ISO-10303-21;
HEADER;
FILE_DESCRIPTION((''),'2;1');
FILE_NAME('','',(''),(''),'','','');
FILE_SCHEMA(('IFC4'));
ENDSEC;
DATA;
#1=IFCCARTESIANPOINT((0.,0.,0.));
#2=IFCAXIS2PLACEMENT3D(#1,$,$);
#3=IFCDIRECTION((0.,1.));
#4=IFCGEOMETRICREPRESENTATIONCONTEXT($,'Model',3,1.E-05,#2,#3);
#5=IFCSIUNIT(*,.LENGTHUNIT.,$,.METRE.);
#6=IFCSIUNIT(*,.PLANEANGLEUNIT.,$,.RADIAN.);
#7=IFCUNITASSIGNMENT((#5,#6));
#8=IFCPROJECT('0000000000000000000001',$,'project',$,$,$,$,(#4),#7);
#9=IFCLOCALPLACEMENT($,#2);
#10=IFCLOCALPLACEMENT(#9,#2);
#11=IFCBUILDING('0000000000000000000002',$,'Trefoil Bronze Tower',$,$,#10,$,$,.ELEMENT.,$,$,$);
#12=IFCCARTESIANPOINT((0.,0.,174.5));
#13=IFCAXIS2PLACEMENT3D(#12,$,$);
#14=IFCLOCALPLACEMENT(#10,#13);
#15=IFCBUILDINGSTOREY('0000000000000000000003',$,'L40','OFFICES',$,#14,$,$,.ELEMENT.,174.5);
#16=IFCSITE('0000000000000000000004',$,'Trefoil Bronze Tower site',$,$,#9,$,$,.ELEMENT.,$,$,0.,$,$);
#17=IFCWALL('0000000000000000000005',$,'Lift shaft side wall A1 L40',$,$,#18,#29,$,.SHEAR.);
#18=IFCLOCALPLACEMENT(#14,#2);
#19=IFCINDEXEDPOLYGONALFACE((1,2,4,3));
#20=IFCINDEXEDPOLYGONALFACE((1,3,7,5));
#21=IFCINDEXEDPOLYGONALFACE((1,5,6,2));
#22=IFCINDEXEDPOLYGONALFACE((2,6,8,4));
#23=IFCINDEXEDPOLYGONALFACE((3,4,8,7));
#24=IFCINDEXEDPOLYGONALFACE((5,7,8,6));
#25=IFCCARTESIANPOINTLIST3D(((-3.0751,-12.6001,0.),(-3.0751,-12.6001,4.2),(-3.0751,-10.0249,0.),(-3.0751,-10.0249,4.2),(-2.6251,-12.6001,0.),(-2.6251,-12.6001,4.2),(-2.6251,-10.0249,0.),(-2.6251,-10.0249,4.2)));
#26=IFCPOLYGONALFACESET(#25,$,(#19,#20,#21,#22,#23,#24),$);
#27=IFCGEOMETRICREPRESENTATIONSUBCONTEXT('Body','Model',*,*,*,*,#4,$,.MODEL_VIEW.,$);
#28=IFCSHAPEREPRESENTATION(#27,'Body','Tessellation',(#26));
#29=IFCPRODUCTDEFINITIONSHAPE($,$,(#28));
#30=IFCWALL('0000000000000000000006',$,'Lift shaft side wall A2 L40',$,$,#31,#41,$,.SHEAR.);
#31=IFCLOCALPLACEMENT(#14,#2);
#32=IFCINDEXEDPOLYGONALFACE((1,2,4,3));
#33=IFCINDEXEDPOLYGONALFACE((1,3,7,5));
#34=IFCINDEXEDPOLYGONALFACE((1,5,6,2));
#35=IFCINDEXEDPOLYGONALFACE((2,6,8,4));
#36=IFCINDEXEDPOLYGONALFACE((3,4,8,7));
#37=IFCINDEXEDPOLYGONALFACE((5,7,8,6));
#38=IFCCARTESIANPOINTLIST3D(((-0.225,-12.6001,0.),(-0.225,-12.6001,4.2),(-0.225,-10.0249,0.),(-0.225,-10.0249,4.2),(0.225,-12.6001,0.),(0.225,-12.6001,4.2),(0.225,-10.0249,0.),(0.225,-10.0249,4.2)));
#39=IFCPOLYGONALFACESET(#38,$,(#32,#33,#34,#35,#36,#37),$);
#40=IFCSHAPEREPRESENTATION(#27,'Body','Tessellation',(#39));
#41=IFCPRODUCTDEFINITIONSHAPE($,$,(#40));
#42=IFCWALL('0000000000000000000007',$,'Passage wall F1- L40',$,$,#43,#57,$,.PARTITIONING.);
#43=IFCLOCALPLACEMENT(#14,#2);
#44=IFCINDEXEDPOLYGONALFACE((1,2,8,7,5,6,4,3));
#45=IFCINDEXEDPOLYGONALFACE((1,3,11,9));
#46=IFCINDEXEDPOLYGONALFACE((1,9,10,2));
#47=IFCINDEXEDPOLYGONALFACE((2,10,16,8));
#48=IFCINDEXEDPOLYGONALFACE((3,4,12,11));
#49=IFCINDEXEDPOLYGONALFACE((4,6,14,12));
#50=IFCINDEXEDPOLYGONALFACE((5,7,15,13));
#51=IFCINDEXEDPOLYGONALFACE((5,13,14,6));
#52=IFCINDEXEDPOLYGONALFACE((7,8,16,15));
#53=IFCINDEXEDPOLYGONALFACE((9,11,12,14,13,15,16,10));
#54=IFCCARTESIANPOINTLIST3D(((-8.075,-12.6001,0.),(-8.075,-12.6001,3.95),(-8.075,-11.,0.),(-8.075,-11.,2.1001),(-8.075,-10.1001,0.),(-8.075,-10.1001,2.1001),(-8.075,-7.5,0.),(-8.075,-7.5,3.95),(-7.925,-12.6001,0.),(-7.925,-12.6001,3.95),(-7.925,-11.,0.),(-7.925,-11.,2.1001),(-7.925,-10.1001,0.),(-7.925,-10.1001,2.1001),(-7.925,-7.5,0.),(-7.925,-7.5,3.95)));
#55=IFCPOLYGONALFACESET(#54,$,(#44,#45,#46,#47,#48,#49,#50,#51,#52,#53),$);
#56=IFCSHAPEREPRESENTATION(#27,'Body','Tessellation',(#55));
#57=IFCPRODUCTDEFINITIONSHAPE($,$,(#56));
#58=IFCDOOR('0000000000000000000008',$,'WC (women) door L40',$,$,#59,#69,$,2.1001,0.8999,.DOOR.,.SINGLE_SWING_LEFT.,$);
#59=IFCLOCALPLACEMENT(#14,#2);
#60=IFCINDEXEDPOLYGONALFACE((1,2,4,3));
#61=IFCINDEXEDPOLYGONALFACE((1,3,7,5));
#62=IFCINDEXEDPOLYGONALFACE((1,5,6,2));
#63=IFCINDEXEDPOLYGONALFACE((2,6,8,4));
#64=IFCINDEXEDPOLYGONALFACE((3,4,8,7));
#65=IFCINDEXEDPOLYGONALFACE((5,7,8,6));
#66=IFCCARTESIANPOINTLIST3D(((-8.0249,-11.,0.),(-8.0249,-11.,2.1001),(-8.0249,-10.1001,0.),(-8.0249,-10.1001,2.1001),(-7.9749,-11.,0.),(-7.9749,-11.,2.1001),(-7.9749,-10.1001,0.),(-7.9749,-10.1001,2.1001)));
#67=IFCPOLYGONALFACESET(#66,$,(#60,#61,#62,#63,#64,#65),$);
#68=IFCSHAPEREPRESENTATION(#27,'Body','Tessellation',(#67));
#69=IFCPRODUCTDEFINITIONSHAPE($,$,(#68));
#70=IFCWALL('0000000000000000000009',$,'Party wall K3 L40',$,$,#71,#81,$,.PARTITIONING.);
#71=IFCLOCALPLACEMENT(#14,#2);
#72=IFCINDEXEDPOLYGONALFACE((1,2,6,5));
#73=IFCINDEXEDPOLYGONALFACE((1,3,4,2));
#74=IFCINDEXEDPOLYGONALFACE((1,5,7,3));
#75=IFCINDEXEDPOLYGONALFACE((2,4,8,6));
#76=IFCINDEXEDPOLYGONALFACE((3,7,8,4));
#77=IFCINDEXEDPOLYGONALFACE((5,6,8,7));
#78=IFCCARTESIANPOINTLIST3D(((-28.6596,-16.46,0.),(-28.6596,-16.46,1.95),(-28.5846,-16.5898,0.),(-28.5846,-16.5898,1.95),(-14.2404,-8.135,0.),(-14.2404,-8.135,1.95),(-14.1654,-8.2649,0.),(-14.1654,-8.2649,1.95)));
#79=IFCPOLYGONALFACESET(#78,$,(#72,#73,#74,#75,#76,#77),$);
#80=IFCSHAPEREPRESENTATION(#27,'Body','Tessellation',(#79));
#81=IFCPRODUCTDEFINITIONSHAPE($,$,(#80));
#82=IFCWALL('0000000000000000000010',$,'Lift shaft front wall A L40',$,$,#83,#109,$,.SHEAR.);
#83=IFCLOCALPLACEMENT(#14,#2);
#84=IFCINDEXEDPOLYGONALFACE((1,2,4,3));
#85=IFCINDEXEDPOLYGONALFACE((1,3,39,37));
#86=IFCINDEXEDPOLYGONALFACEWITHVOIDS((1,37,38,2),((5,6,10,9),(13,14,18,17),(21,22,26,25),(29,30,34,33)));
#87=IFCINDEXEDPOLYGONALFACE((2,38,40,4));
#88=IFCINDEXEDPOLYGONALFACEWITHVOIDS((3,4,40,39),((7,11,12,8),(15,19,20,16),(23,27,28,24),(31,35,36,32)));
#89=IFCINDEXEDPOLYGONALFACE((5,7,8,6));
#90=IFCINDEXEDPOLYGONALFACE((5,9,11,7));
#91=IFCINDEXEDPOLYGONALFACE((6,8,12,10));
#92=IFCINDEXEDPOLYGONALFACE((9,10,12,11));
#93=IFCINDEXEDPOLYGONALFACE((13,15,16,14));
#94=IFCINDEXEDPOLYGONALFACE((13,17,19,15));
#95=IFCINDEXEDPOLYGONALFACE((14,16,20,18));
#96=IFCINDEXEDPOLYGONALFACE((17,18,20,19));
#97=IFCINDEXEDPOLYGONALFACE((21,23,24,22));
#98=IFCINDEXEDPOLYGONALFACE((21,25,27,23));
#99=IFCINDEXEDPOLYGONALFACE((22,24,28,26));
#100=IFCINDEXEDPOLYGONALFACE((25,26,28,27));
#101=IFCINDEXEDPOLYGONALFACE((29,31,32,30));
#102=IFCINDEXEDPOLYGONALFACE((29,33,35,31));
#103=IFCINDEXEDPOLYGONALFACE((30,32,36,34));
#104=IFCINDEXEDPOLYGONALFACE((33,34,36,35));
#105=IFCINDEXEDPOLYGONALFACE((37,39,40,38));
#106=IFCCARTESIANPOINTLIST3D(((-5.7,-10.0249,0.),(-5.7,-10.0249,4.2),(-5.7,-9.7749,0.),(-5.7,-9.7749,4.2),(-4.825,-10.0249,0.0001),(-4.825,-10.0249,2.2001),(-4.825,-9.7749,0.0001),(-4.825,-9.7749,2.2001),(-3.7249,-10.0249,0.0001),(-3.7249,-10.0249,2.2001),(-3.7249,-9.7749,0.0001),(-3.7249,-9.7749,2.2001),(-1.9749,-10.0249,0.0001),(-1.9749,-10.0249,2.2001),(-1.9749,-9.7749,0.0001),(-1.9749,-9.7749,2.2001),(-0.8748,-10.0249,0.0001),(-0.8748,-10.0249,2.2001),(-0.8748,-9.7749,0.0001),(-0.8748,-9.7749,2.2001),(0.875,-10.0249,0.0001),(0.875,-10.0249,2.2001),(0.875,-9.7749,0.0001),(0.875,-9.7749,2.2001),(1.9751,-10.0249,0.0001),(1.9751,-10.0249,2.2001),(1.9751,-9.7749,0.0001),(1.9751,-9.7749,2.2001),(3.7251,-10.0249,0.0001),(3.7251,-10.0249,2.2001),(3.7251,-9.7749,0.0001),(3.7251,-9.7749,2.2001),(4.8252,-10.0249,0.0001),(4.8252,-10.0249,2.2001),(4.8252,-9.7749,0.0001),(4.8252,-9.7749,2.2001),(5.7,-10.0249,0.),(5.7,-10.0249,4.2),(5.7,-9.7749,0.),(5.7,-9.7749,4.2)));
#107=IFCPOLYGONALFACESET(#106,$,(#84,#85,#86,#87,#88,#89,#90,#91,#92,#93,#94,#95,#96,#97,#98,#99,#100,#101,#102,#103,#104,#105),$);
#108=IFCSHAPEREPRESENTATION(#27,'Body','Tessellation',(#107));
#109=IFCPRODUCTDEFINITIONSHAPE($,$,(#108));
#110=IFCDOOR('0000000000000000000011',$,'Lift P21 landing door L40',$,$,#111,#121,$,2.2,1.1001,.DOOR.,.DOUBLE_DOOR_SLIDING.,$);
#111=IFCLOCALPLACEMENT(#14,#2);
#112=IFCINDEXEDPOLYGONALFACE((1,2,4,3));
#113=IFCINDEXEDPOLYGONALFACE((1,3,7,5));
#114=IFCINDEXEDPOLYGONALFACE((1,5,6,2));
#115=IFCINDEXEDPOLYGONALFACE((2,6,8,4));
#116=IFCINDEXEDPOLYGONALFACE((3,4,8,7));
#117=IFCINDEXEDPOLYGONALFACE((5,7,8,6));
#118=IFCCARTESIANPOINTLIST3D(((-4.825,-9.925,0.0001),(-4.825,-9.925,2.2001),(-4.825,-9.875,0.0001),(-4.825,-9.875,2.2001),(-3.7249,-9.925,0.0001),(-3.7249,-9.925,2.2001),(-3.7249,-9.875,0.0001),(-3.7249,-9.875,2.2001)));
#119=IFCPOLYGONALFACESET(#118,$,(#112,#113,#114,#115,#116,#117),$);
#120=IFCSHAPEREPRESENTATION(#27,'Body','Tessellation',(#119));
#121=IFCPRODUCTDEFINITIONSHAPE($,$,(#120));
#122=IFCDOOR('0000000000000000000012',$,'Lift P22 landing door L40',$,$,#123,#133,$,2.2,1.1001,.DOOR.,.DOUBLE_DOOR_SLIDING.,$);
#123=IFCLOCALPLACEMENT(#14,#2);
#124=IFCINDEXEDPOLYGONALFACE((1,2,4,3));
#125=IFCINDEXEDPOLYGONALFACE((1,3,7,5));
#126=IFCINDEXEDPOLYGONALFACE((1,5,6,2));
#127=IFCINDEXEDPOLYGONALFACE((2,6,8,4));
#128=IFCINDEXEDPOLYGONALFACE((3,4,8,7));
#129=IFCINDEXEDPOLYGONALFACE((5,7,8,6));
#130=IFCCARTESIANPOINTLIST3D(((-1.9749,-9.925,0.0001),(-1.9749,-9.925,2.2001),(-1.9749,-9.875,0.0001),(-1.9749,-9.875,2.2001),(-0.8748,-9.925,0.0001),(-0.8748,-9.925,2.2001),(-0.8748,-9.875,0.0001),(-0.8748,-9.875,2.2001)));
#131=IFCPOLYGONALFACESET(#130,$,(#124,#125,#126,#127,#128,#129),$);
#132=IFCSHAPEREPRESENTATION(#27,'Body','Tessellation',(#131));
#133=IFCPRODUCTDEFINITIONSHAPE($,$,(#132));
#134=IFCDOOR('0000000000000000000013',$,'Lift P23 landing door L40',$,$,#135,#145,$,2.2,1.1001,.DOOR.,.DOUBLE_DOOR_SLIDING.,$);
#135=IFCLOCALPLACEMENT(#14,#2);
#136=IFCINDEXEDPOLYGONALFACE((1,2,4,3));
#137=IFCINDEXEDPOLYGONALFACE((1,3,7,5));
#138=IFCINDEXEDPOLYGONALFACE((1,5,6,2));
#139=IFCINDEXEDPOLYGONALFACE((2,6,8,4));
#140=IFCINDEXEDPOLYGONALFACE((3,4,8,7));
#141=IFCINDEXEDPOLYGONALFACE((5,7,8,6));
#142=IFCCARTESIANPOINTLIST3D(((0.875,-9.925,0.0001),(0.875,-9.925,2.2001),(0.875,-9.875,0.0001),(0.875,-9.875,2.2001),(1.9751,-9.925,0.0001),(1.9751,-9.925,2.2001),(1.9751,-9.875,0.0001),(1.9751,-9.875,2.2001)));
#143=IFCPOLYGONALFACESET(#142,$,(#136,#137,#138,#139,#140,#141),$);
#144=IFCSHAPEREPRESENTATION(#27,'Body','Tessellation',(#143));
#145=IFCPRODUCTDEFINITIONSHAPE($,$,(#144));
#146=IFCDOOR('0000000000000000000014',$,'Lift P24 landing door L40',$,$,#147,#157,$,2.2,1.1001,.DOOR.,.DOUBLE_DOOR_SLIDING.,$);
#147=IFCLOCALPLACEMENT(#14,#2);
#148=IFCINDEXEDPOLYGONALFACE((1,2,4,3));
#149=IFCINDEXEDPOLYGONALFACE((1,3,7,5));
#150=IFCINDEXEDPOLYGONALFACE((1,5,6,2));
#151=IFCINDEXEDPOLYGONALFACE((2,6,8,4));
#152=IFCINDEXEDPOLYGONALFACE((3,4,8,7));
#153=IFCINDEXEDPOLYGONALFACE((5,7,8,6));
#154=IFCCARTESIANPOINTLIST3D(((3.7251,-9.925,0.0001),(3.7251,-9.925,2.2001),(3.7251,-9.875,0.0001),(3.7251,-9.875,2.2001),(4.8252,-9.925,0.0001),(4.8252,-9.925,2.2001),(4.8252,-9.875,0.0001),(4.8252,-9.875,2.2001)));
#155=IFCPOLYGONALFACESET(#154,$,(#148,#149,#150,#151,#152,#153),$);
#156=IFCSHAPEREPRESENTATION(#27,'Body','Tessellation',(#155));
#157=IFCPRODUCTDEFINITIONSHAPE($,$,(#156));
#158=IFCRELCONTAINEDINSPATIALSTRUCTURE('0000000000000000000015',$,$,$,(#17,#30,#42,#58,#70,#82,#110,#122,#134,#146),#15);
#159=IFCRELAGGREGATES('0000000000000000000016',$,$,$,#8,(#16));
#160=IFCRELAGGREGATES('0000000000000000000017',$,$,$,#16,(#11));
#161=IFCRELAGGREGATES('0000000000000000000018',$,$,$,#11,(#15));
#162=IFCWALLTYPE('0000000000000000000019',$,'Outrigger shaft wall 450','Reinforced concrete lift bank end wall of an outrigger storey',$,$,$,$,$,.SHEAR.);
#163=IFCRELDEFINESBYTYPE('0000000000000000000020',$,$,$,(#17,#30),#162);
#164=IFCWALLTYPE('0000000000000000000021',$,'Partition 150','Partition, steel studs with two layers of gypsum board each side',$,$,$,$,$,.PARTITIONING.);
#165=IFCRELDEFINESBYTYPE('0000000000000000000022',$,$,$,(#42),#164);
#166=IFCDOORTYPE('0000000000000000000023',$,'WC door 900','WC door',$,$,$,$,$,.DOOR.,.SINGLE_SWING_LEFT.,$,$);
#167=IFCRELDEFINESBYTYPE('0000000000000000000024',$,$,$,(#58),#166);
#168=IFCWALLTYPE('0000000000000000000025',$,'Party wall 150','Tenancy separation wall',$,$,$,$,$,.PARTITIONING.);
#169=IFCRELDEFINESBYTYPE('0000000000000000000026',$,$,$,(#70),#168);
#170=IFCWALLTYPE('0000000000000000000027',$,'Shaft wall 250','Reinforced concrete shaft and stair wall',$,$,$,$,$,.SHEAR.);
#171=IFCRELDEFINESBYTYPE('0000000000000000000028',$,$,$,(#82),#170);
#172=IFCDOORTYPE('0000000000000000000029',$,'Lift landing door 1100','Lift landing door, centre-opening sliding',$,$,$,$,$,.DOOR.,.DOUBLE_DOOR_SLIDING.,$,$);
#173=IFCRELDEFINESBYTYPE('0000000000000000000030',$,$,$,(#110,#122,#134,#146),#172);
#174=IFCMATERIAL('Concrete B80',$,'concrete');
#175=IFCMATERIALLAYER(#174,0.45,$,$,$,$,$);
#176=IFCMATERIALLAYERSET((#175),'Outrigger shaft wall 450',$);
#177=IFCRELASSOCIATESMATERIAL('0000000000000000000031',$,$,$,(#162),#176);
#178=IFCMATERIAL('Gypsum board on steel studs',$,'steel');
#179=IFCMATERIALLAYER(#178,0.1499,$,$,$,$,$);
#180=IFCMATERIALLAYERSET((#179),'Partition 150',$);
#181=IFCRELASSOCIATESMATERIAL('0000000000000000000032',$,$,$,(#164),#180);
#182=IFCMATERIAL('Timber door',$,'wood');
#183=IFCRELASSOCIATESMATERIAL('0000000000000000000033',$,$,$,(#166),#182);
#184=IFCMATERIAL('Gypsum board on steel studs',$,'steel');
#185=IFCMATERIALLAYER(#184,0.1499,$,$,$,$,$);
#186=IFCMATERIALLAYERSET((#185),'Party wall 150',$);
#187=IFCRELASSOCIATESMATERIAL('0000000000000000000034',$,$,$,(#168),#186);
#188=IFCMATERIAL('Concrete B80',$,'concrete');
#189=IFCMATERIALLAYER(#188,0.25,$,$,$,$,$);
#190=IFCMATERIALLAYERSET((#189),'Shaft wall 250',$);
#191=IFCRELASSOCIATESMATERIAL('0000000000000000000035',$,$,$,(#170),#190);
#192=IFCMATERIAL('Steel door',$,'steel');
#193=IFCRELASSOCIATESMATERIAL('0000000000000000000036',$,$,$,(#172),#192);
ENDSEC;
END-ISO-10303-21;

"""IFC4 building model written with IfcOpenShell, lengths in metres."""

from ifc_helpers import new_model, si_unit, direction, frame, frame_2d, origin, place, context, subcontext, project, spatial, rectangle, extrude, material, layer, layer_set, type_object, element, fill, save


model = new_model("IFC4")

# Units and contexts
model_context = context("Model", 3, precision=1e-05, world=origin(), true_north=direction((0.0, 1.0)))
body_context = subcontext(model_context, "Body", "Model", "MODEL_VIEW")
ifc_project = project(units=[si_unit("LENGTHUNIT", "METRE"), si_unit("PLANEANGLEUNIT", "RADIAN")], contexts=[model_context])

# Site, building, storey
site_placement = place(None, origin())
site = spatial("IfcSite", under=ifc_project, at=site_placement, Name="Trefoil Bronze Tower site", CompositionType="ELEMENT", RefElevation=0.0)
building_placement = place(site_placement, origin())
building = spatial("IfcBuilding", under=site, at=building_placement, Name="Trefoil Bronze Tower", CompositionType="ELEMENT")
storey_placement = place(building_placement, frame((0.0, 0.0, 174.5)))
storey = spatial("IfcBuildingStorey", under=building, at=storey_placement, Name="L40", Description="OFFICES", CompositionType="ELEMENT", Elevation=174.5)

# Walls
ifc_material_1 = material(Name="Concrete B80", Category="concrete")
ifc_layer_1 = layer(ifc_material_1, 0.45)
ifc_layer_set_1 = layer_set([ifc_layer_1], Name="Outrigger shaft wall 450")
wall_type_1 = type_object("IfcWallType", Name="Outrigger shaft wall 450", Description="Reinforced concrete lift bank end wall of an outrigger storey", PredefinedType="SHEAR", material=ifc_layer_set_1)
for number, where, z_axis, x_axis, name in (
    (1, (-2.8501, -10.0249, 0.0), (0.0, 0.0, 1.0), (0.0, -1.0, 0.0), "Lift shaft side wall A1 L40"),
    (2, (0.0, -10.0249, 0.0), (0.0, 0.0, 1.0), (0.0, -1.0, 0.0), "Lift shaft side wall A2 L40"),
):
    element("IfcWall", number, at=place(storey_placement, frame(where, z_axis=z_axis, x_axis=x_axis)), inside=storey, type_object=wall_type_1, Name=name, PredefinedType="SHEAR", context=body_context, shape_type="SweptSolid", body=[
        extrude(rectangle(XDim=2.5752, YDim=0.45, at=frame_2d((1.2876, 0.0))), origin(), (0.0, 0.0, 1.0), 4.2),
    ])

# Wall, opening, door
ifc_material_2 = material(Name="Gypsum board on steel studs", Category="steel")
ifc_layer_2 = layer(ifc_material_2, 0.1499)
ifc_layer_set_2 = layer_set([ifc_layer_2], Name="Partition 150")
wall_type_2 = type_object("IfcWallType", Name="Partition 150", Description="Partition, steel studs with two layers of gypsum board each side", PredefinedType="PARTITIONING", material=ifc_layer_set_2)
wall_1_placement = place(storey_placement, frame((-8.0, -7.5, 0.0), z_axis=(0.0, 0.0, 1.0), x_axis=(0.0, -1.0, 0.0)))
wall_1 = element("IfcWall", 3, at=wall_1_placement, inside=storey, type_object=wall_type_2, Name="Passage wall F1- L40", PredefinedType="PARTITIONING", context=body_context, shape_type="SweptSolid", body=[
    extrude(rectangle(XDim=5.1001, YDim=0.1499, at=frame_2d((2.55, 0.0))), origin(), (0.0, 0.0, 1.0), 3.95),
])
opening_1_placement = place(wall_1_placement, frame((2.6001, 0.0, 0.0)))
opening_1 = element("IfcOpeningElement", 4, at=opening_1_placement, cuts=wall_1, PredefinedType="OPENING", context=body_context, shape_type="SweptSolid", body=[
    extrude(rectangle(XDim=0.8999, YDim=2.1001, at=frame_2d((0.45, 1.05))), frame((0.0, 0.085, 0.0), z_axis=(0.0, -1.0, 0.0), x_axis=(1.0, 0.0, 0.0)), (0.0, 0.0, 1.0), 0.1699),
])
ifc_material_3 = material(Name="Timber door", Category="wood")
door_type_1 = type_object("IfcDoorType", Name="WC door 900", Description="WC door", OperationType="SINGLE_SWING_LEFT", PredefinedType="DOOR", material=ifc_material_3)
door_1_placement = place(opening_1_placement, frame((0.8999, 0.0, 0.0), z_axis=(0.0, 0.0, 1.0), x_axis=(-1.0, 0.0, 0.0)))
door_1 = element("IfcDoor", 5, at=door_1_placement, inside=storey, type_object=door_type_1, Name="WC (women) door L40", OperationType="SINGLE_SWING_LEFT", OverallHeight=2.1001, OverallWidth=0.8999, PredefinedType="DOOR", context=body_context, shape_type="SweptSolid", body=[
    extrude(rectangle(XDim=0.8999, YDim=2.1001, at=frame_2d((0.45, 1.05))), frame((0.0, 0.0249, 0.0), z_axis=(0.0, -1.0, 0.0), x_axis=(1.0, 0.0, 0.0)), (0.0, 0.0, 1.0), 0.05),
])
fill(opening_1, door_1)

# Wall
ifc_material_4 = material(Name="Gypsum board on steel studs", Category="steel")
ifc_layer_3 = layer(ifc_material_4, 0.1499)
ifc_layer_set_3 = layer_set([ifc_layer_3], Name="Party wall 150")
wall_type_3 = type_object("IfcWallType", Name="Party wall 150", Description="Tenancy separation wall", PredefinedType="PARTITIONING", material=ifc_layer_set_3)
wall_2_placement = place(storey_placement, frame((-14.2029, -8.2, 0.0), z_axis=(0.0, 0.0, 1.0), x_axis=(-0.866025, -0.500001, 0.0)))
element("IfcWall", 6, at=wall_2_placement, inside=storey, type_object=wall_type_3, Name="Party wall K3 L40", PredefinedType="PARTITIONING", context=body_context, shape_type="SweptSolid", body=[
    extrude(rectangle(XDim=16.6499, YDim=0.1499, at=frame_2d((8.325, 0.0))), origin(), (0.0, 0.0, 1.0), 1.95),
])

# Wall, openings, doors
ifc_material_5 = material(Name="Concrete B80", Category="concrete")
ifc_layer_4 = layer(ifc_material_5, 0.25)
ifc_layer_set_4 = layer_set([ifc_layer_4], Name="Shaft wall 250")
wall_type_4 = type_object("IfcWallType", Name="Shaft wall 250", Description="Reinforced concrete shaft and stair wall", PredefinedType="SHEAR", material=ifc_layer_set_4)
wall_3_placement = place(storey_placement, frame((-5.7, -9.8999, 0.0), z_axis=(0.0, 0.0, 1.0), x_axis=(1.0, 0.0, 0.0)))
wall_3 = element("IfcWall", 7, at=wall_3_placement, inside=storey, type_object=wall_type_4, Name="Lift shaft front wall A L40", PredefinedType="SHEAR", context=body_context, shape_type="SweptSolid", body=[
    extrude(rectangle(XDim=11.3999, YDim=0.25, at=frame_2d((5.7, 0.0))), origin(), (0.0, 0.0, 1.0), 4.2),
])
opening_2_placement = place(wall_3_placement, frame((0.875, 0.0, 0.0)))
opening_2 = element("IfcOpeningElement", 8, at=opening_2_placement, cuts=wall_3, PredefinedType="OPENING", context=body_context, shape_type="SweptSolid", body=[
    extrude(rectangle(XDim=1.1001, YDim=2.2, at=frame_2d((0.55, 1.1001))), frame((0.0, 0.135, 0.0), z_axis=(0.0, -1.0, 0.0), x_axis=(1.0, 0.0, 0.0)), (0.0, 0.0, 1.0), 0.27),
])
opening_3_placement = place(wall_3_placement, frame((3.7251, 0.0, 0.0)))
opening_3 = element("IfcOpeningElement", 9, at=opening_3_placement, cuts=wall_3, PredefinedType="OPENING", context=body_context, shape_type="SweptSolid", body=[
    extrude(rectangle(XDim=1.1001, YDim=2.2, at=frame_2d((0.55, 1.1001))), frame((0.0, 0.135, 0.0), z_axis=(0.0, -1.0, 0.0), x_axis=(1.0, 0.0, 0.0)), (0.0, 0.0, 1.0), 0.27),
])
opening_4_placement = place(wall_3_placement, frame((6.575, 0.0, 0.0)))
opening_4 = element("IfcOpeningElement", 10, at=opening_4_placement, cuts=wall_3, PredefinedType="OPENING", context=body_context, shape_type="SweptSolid", body=[
    extrude(rectangle(XDim=1.1001, YDim=2.2, at=frame_2d((0.55, 1.1001))), frame((0.0, 0.135, 0.0), z_axis=(0.0, -1.0, 0.0), x_axis=(1.0, 0.0, 0.0)), (0.0, 0.0, 1.0), 0.27),
])
opening_5_placement = place(wall_3_placement, frame((9.425, 0.0, 0.0)))
opening_5 = element("IfcOpeningElement", 11, at=opening_5_placement, cuts=wall_3, PredefinedType="OPENING", context=body_context, shape_type="SweptSolid", body=[
    extrude(rectangle(XDim=1.1001, YDim=2.2, at=frame_2d((0.55, 1.1001))), frame((0.0, 0.135, 0.0), z_axis=(0.0, -1.0, 0.0), x_axis=(1.0, 0.0, 0.0)), (0.0, 0.0, 1.0), 0.27),
])
ifc_material_6 = material(Name="Steel door", Category="steel")
door_type_2 = type_object("IfcDoorType", Name="Lift landing door 1100", Description="Lift landing door, centre-opening sliding", OperationType="DOUBLE_DOOR_SLIDING", PredefinedType="DOOR", material=ifc_material_6)
door_2_placement = place(opening_2_placement, origin())
door_2 = element("IfcDoor", 12, at=door_2_placement, inside=storey, type_object=door_type_2, Name="Lift P21 landing door L40", OperationType="DOUBLE_DOOR_SLIDING", OverallHeight=2.2, OverallWidth=1.1001, PredefinedType="DOOR", context=body_context, shape_type="SweptSolid", body=[
    extrude(rectangle(XDim=1.1001, YDim=2.2, at=frame_2d((0.55, 1.1001))), frame((0.0, 0.0249, 0.0), z_axis=(0.0, -1.0, 0.0), x_axis=(1.0, 0.0, 0.0)), (0.0, 0.0, 1.0), 0.05),
])
fill(opening_2, door_2)
door_3_placement = place(opening_3_placement, origin())
door_3 = element("IfcDoor", 13, at=door_3_placement, inside=storey, type_object=door_type_2, Name="Lift P22 landing door L40", OperationType="DOUBLE_DOOR_SLIDING", OverallHeight=2.2, OverallWidth=1.1001, PredefinedType="DOOR", context=body_context, shape_type="SweptSolid", body=[
    extrude(rectangle(XDim=1.1001, YDim=2.2, at=frame_2d((0.55, 1.1001))), frame((0.0, 0.0249, 0.0), z_axis=(0.0, -1.0, 0.0), x_axis=(1.0, 0.0, 0.0)), (0.0, 0.0, 1.0), 0.05),
])
fill(opening_3, door_3)
door_4_placement = place(opening_4_placement, origin())
door_4 = element("IfcDoor", 14, at=door_4_placement, inside=storey, type_object=door_type_2, Name="Lift P23 landing door L40", OperationType="DOUBLE_DOOR_SLIDING", OverallHeight=2.2, OverallWidth=1.1001, PredefinedType="DOOR", context=body_context, shape_type="SweptSolid", body=[
    extrude(rectangle(XDim=1.1001, YDim=2.2, at=frame_2d((0.55, 1.1001))), frame((0.0, 0.0249, 0.0), z_axis=(0.0, -1.0, 0.0), x_axis=(1.0, 0.0, 0.0)), (0.0, 0.0, 1.0), 0.05),
])
fill(opening_4, door_4)
door_5_placement = place(opening_5_placement, origin())
door_5 = element("IfcDoor", 15, at=door_5_placement, inside=storey, type_object=door_type_2, Name="Lift P24 landing door L40", OperationType="DOUBLE_DOOR_SLIDING", OverallHeight=2.2, OverallWidth=1.1001, PredefinedType="DOOR", context=body_context, shape_type="SweptSolid", body=[
    extrude(rectangle(XDim=1.1001, YDim=2.2, at=frame_2d((0.55, 1.1001))), frame((0.0, 0.0249, 0.0), z_axis=(0.0, -1.0, 0.0), x_axis=(1.0, 0.0, 0.0)), (0.0, 0.0, 1.0), 0.05),
])
fill(opening_5, door_5)

save(model, "model.ifc")
